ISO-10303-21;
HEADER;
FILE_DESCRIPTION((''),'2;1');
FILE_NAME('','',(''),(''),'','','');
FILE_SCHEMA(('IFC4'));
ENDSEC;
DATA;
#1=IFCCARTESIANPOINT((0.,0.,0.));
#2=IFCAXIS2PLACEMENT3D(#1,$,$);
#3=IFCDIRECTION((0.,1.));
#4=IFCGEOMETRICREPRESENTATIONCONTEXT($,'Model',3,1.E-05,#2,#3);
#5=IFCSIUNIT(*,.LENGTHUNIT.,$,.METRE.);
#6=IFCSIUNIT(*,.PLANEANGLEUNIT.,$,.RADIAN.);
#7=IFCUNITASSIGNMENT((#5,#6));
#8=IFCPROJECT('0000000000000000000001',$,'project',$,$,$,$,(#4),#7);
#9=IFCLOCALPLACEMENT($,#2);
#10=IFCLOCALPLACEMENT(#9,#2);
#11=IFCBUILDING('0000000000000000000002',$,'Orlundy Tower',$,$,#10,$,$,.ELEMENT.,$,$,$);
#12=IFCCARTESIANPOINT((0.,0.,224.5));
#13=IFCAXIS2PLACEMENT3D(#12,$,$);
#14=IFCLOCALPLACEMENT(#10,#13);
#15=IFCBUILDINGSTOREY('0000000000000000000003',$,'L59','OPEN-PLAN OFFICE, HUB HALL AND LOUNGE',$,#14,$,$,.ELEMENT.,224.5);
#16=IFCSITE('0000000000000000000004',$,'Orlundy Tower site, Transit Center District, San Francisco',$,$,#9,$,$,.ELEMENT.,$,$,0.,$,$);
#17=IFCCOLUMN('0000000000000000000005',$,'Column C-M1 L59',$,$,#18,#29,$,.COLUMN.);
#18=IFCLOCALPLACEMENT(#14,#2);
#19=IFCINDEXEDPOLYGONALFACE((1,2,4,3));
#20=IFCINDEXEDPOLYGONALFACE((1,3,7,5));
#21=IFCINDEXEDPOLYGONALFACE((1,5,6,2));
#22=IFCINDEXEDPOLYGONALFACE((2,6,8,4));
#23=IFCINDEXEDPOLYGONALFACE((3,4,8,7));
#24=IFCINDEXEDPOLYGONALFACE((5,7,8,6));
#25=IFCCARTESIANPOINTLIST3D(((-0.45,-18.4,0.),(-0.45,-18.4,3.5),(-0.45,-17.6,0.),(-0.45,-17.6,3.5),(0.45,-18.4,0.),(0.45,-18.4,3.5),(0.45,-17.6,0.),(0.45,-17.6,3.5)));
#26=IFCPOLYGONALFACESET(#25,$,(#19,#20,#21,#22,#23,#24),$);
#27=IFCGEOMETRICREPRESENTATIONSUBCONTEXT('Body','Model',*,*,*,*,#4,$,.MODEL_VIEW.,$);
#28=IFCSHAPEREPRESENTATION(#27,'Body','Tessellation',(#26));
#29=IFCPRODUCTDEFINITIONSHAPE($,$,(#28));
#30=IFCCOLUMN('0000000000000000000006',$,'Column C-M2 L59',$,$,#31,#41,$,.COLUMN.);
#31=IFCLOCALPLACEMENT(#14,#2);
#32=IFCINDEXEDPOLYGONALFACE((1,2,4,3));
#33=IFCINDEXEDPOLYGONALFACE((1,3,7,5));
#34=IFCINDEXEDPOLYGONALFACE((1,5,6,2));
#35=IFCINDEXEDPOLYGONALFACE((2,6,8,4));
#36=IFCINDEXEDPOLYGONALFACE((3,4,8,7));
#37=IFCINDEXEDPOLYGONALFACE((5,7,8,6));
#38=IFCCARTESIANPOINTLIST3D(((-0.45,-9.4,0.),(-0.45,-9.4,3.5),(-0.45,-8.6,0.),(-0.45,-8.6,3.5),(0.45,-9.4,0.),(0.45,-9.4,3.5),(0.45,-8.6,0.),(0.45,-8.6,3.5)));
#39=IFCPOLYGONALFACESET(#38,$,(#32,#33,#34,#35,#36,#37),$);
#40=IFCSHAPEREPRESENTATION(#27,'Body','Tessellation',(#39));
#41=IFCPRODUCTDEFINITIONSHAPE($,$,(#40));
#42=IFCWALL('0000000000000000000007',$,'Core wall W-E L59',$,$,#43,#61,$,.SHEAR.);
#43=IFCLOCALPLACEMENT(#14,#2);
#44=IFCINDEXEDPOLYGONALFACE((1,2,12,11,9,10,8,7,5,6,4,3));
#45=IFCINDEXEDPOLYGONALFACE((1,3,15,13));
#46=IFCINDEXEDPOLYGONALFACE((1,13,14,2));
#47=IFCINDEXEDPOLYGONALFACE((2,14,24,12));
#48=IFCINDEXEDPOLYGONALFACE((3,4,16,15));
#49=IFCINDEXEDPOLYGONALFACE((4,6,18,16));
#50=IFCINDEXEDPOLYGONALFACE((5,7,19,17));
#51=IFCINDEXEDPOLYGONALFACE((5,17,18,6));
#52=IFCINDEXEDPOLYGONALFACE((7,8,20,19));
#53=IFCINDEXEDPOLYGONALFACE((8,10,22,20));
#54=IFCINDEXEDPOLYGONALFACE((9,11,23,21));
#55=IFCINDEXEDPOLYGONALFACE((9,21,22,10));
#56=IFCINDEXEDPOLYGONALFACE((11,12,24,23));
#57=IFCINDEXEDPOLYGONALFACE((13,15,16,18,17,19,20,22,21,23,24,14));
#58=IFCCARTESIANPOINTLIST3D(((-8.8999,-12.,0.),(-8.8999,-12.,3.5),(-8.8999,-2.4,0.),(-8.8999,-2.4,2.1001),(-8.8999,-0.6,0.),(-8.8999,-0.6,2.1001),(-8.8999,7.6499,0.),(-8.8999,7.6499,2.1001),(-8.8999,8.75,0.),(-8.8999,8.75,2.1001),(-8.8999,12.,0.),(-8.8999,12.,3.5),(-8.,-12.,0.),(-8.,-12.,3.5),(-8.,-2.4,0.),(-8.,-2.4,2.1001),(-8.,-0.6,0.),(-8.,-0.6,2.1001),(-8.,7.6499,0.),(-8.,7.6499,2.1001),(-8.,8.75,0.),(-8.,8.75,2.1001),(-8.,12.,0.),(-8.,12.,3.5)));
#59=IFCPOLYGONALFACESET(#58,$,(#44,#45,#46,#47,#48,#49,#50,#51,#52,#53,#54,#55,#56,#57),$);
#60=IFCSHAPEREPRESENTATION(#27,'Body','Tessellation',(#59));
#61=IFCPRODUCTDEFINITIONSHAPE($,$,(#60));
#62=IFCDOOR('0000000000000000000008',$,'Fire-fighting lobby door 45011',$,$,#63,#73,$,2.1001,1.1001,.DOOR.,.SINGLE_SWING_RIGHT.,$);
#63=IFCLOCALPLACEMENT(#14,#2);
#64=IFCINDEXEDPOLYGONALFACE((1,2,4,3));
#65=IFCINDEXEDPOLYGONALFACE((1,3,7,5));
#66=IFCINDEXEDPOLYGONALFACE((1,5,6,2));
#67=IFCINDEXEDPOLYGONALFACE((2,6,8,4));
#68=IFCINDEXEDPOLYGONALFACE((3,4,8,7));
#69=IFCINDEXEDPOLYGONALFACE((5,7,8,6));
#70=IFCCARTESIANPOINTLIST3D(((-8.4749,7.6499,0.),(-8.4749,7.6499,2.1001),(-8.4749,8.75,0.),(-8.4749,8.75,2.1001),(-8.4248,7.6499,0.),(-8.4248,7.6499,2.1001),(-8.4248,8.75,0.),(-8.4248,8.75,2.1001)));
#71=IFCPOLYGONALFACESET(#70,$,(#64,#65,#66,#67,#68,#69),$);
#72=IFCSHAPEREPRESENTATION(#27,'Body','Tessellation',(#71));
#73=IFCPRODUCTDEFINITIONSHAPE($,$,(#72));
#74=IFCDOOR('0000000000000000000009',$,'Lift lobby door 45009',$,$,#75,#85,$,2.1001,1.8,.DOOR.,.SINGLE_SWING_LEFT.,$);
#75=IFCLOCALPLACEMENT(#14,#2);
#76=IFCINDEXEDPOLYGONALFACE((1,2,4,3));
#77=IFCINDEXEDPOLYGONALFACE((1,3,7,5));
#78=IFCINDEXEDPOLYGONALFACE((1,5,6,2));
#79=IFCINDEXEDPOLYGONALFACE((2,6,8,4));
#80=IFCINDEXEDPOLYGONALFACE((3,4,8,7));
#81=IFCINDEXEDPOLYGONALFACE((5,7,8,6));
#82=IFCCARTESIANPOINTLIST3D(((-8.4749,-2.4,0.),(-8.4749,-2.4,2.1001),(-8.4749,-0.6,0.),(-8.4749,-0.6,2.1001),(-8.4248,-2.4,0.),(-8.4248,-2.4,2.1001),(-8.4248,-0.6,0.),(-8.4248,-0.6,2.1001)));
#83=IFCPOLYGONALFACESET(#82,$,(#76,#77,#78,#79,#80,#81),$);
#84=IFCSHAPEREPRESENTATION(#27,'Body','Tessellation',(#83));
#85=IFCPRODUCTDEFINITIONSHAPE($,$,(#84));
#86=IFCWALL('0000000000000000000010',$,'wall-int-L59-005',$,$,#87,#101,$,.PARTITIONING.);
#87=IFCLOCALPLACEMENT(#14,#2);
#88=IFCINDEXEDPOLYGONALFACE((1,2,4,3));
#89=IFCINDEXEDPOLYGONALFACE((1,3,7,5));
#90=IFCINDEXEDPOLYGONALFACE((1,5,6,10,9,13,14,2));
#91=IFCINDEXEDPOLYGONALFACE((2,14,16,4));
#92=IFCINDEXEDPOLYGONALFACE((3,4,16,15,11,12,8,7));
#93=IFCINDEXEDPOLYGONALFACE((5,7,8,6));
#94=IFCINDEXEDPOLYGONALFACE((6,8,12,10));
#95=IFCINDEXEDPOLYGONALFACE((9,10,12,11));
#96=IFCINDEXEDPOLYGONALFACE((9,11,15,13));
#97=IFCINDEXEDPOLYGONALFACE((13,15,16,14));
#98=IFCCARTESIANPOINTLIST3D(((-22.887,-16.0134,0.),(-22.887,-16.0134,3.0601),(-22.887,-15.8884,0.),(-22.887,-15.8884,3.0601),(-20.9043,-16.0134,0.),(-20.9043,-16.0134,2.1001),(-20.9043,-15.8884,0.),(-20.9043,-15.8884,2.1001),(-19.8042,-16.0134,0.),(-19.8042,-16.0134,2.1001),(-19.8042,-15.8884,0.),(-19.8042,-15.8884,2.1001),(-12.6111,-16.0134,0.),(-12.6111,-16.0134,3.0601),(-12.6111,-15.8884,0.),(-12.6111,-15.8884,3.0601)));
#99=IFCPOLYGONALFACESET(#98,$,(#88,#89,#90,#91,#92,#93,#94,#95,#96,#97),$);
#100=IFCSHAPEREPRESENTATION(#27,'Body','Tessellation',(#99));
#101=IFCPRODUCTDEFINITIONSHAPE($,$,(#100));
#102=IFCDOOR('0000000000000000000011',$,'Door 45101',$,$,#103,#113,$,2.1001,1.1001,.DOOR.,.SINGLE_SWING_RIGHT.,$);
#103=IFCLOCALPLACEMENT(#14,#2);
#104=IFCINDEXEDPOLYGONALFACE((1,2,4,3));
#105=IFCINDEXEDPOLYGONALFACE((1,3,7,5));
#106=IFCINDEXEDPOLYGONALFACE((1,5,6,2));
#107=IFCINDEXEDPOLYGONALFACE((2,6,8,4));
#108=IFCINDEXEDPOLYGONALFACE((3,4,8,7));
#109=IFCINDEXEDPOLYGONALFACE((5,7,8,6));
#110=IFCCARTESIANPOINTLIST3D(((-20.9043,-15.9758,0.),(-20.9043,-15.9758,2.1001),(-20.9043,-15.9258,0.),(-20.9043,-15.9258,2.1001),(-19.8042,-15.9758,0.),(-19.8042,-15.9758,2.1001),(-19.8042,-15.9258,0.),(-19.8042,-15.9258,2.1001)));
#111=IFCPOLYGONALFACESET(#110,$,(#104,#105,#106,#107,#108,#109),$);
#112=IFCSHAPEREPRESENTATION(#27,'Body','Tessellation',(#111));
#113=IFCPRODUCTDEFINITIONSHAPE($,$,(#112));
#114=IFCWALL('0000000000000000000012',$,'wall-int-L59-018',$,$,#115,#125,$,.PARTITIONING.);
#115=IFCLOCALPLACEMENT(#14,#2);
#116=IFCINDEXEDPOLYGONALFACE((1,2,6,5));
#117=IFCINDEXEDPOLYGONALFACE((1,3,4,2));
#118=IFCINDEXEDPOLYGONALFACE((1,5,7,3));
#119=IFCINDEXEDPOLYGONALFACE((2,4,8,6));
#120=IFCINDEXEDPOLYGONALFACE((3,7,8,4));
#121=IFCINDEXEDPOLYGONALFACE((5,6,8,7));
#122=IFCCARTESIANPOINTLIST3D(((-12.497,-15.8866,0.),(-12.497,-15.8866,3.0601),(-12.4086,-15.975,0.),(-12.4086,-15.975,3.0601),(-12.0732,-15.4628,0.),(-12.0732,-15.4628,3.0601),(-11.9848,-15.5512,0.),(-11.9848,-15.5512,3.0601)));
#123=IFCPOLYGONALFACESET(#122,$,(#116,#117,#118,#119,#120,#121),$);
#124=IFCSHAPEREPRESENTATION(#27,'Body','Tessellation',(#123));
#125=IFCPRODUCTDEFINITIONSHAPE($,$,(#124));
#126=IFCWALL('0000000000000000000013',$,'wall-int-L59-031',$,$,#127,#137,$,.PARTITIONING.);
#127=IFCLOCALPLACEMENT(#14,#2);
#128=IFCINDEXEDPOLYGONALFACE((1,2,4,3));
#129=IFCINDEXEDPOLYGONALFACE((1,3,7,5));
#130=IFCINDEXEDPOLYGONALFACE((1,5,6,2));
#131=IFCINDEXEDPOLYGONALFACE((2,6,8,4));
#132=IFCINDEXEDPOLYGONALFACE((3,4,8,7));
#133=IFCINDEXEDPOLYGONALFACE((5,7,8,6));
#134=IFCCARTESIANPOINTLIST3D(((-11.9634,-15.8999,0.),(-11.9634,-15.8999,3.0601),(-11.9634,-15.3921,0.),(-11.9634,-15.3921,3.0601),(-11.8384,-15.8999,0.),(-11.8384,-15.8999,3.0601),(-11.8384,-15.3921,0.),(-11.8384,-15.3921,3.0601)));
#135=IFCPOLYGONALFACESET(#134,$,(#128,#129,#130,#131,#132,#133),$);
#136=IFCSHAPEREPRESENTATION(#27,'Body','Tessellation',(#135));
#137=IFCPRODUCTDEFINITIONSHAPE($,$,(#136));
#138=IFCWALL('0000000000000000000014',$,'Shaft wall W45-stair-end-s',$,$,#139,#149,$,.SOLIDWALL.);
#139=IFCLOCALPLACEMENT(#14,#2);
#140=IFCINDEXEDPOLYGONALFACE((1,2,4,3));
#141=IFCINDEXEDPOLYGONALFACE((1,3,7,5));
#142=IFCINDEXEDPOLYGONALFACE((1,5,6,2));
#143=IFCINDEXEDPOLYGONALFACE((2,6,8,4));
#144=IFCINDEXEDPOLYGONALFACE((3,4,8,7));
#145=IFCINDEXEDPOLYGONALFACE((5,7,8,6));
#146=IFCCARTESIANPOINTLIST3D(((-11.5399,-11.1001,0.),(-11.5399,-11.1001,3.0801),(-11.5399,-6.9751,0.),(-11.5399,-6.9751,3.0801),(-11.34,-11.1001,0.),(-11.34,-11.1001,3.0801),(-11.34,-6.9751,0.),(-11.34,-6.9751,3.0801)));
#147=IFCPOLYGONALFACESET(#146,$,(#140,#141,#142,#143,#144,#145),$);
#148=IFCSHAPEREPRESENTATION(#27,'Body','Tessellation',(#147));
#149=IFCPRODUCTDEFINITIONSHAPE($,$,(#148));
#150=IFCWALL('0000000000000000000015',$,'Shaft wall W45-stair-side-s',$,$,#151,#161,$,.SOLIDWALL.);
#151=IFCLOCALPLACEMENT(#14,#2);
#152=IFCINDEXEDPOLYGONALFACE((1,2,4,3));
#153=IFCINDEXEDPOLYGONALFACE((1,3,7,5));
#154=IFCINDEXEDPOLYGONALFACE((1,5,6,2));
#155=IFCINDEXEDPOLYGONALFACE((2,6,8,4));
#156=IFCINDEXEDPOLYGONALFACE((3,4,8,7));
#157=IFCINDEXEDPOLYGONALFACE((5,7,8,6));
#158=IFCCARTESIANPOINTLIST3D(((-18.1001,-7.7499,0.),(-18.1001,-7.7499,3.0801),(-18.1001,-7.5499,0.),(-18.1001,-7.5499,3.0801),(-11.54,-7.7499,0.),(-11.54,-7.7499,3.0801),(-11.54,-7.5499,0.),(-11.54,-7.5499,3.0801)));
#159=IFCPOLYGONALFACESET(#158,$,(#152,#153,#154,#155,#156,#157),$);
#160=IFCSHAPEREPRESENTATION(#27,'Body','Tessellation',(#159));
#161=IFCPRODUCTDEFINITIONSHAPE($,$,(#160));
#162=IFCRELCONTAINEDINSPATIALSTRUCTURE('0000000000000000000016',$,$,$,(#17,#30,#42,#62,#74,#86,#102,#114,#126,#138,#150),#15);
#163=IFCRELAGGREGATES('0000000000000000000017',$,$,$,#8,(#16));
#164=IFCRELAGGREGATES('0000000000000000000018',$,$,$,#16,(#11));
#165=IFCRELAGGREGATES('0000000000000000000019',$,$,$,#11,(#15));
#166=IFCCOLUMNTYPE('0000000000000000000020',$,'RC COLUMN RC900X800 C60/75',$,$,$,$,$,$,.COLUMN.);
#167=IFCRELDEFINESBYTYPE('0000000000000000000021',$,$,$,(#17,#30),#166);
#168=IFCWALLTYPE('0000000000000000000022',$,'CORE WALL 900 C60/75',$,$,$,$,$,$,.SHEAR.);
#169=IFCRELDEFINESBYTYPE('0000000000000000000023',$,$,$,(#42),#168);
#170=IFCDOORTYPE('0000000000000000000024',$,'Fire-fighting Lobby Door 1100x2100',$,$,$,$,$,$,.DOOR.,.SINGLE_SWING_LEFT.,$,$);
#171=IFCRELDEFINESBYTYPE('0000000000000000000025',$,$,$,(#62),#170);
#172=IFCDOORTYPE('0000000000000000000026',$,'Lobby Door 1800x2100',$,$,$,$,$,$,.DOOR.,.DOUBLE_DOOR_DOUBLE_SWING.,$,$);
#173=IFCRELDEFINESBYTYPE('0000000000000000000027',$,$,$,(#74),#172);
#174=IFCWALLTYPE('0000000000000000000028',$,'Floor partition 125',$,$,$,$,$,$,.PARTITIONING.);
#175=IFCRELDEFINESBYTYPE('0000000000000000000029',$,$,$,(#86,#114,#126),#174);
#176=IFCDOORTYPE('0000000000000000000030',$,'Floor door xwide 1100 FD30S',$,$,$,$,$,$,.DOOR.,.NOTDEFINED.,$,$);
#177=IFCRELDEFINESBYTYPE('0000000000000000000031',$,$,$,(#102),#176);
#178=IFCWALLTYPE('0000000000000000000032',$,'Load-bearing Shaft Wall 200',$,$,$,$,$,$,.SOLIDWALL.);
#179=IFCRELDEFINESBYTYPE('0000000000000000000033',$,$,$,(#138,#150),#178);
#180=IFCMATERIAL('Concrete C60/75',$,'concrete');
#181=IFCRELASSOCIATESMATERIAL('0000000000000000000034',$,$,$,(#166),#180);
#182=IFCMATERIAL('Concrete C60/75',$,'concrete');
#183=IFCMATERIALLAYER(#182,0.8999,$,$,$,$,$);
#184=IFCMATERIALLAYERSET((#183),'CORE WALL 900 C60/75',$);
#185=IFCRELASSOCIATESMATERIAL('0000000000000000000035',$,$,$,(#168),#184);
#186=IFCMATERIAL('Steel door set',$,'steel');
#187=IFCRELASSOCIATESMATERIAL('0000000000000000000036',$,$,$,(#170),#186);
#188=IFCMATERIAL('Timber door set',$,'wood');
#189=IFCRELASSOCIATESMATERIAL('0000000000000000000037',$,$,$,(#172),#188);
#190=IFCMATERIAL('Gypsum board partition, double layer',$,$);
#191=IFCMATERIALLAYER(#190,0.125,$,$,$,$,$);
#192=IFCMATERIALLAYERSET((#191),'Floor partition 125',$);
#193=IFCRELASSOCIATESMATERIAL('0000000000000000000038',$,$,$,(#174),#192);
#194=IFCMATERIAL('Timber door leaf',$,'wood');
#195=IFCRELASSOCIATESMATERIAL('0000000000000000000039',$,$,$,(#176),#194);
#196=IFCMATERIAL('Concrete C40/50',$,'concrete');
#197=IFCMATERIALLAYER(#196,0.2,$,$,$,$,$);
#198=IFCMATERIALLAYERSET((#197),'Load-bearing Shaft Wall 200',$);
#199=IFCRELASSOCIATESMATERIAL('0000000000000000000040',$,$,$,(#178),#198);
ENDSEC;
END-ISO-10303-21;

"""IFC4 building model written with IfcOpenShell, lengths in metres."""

from ifc_helpers import new_model, si_unit, direction, frame, frame_2d, origin, origin_2d, place, context, subcontext, project, spatial, rectangle, extrude, material, layer, layer_set, material_profile, profile_set, type_object, element, fill, save


model = new_model("IFC4")

# Units and contexts
model_context = context("Model", 3, precision=1e-05, world=origin(), true_north=direction((0.0, 1.0)))
body_context = subcontext(model_context, "Body", "Model", "MODEL_VIEW")
ifc_project = project(units=[si_unit("LENGTHUNIT", "METRE"), si_unit("PLANEANGLEUNIT", "RADIAN")], contexts=[model_context])

# Site, building, storey
site_placement = place(None, origin())
site = spatial("IfcSite", under=ifc_project, at=site_placement, Name="Orlundy Tower site, Transit Center District, San Francisco", CompositionType="ELEMENT", RefElevation=0.0)
building_placement = place(site_placement, origin())
building = spatial("IfcBuilding", under=site, at=building_placement, Name="Orlundy Tower", CompositionType="ELEMENT")
storey_placement = place(building_placement, frame((0.0, 0.0, 224.5)))
storey = spatial("IfcBuildingStorey", under=building, at=storey_placement, Name="L59", Description="OPEN-PLAN OFFICE, HUB HALL AND LOUNGE", CompositionType="ELEMENT", Elevation=224.5)

# Columns
ifc_material_1 = material(Name="Concrete C60/75", Category="concrete")
ifc_material_profile = material_profile(ifc_material_1, rectangle(XDim=0.8999, YDim=0.8, at=origin_2d()), Name="RC900X800")
ifc_profile_set = profile_set([ifc_material_profile], Name="Concrete C60/75")
column_type = type_object("IfcColumnType", Name="RC COLUMN RC900X800 C60/75", PredefinedType="COLUMN", material=ifc_profile_set)
for number, where, z_axis, x_axis, name in (
    (1, (0.0, -18.0, 0.0), (0.0, 0.0, 1.0), (1.0, 0.0, 0.0), "Column C-M1 L59"),
    (2, (0.0, -9.0, 0.0), (0.0, 0.0, 1.0), (1.0, 0.0, 0.0), "Column C-M2 L59"),
):
    element("IfcColumn", number, at=place(storey_placement, frame(where, z_axis=z_axis, x_axis=x_axis)), inside=storey, type_object=column_type, Name=name, PredefinedType="COLUMN", context=body_context, shape_type="SweptSolid", body=[
        extrude(rectangle(XDim=0.8999, YDim=0.8, at=origin_2d()), origin(), (0.0, 0.0, 1.0), 3.5),
    ])

# Wall, openings, doors
ifc_material_2 = material(Name="Concrete C60/75", Category="concrete")
ifc_layer_1 = layer(ifc_material_2, 0.8999)
ifc_layer_set_1 = layer_set([ifc_layer_1], Name="CORE WALL 900 C60/75")
wall_type_1 = type_object("IfcWallType", Name="CORE WALL 900 C60/75", PredefinedType="SHEAR", material=ifc_layer_set_1)
wall_1_placement = place(storey_placement, frame((-8.45, -12.0, 0.0), z_axis=(0.0, 0.0, 1.0), x_axis=(0.0, 1.0, 0.0)))
wall_1 = element("IfcWall", 3, at=wall_1_placement, inside=storey, type_object=wall_type_1, Name="Core wall W-E L59", PredefinedType="SHEAR", context=body_context, shape_type="SweptSolid", body=[
    extrude(rectangle(XDim=24.0, YDim=0.8999, at=frame_2d((12.0, 0.0))), origin(), (0.0, 0.0, 1.0), 3.5),
])
opening_1_placement = place(wall_1_placement, frame((9.6001, 0.0, 0.0)))
opening_1 = element("IfcOpeningElement", 4, at=opening_1_placement, cuts=wall_1, PredefinedType="OPENING", context=body_context, shape_type="SweptSolid", body=[
    extrude(rectangle(XDim=1.8, YDim=2.1001, at=frame_2d((0.8999, 1.05))), frame((0.0, 0.46, 0.0), z_axis=(0.0, -1.0, 0.0), x_axis=(1.0, 0.0, 0.0)), (0.0, 0.0, 1.0), 0.9199),
])
opening_2_placement = place(wall_1_placement, frame((19.6499, 0.0, 0.0)))
opening_2 = element("IfcOpeningElement", 5, at=opening_2_placement, cuts=wall_1, PredefinedType="OPENING", context=body_context, shape_type="SweptSolid", body=[
    extrude(rectangle(XDim=1.1001, YDim=2.1001, at=frame_2d((0.55, 1.05))), frame((0.0, 0.46, 0.0), z_axis=(0.0, -1.0, 0.0), x_axis=(1.0, 0.0, 0.0)), (0.0, 0.0, 1.0), 0.9199),
])
ifc_material_3 = material(Name="Steel door set", Category="steel")
door_type_1 = type_object("IfcDoorType", Name="Fire-fighting Lobby Door 1100x2100", OperationType="SINGLE_SWING_LEFT", PredefinedType="DOOR", material=ifc_material_3)
door_1_placement = place(opening_2_placement, origin())
door_1 = element("IfcDoor", 6, at=door_1_placement, inside=storey, type_object=door_type_1, Name="Fire-fighting lobby door 45011", OperationType="SINGLE_SWING_RIGHT", OverallHeight=2.1001, OverallWidth=1.1001, PredefinedType="DOOR", context=body_context, shape_type="SweptSolid", body=[
    extrude(rectangle(XDim=1.1001, YDim=2.1001, at=frame_2d((0.55, 1.05))), frame((0.0, 0.0249, 0.0), z_axis=(0.0, -1.0, 0.0), x_axis=(1.0, 0.0, 0.0)), (0.0, 0.0, 1.0), 0.05),
])
fill(opening_2, door_1)
ifc_material_4 = material(Name="Timber door set", Category="wood")
door_type_2 = type_object("IfcDoorType", Name="Lobby Door 1800x2100", OperationType="DOUBLE_DOOR_DOUBLE_SWING", PredefinedType="DOOR", material=ifc_material_4)
door_2_placement = place(opening_1_placement, origin())
door_2 = element("IfcDoor", 7, at=door_2_placement, inside=storey, type_object=door_type_2, Name="Lift lobby door 45009", OperationType="SINGLE_SWING_LEFT", OverallHeight=2.1001, OverallWidth=1.8, PredefinedType="DOOR", context=body_context, shape_type="SweptSolid", body=[
    extrude(rectangle(XDim=1.8, YDim=2.1001, at=frame_2d((0.8999, 1.05))), frame((0.0, 0.0249, 0.0), z_axis=(0.0, -1.0, 0.0), x_axis=(1.0, 0.0, 0.0)), (0.0, 0.0, 1.0), 0.05),
])
fill(opening_1, door_2)

# Wall, opening, door
ifc_material_5 = material(Name="Gypsum board partition, double layer")
ifc_layer_2 = layer(ifc_material_5, 0.125)
ifc_layer_set_2 = layer_set([ifc_layer_2], Name="Floor partition 125")
wall_type_2 = type_object("IfcWallType", Name="Floor partition 125", PredefinedType="PARTITIONING", material=ifc_layer_set_2)
wall_2_placement = place(storey_placement, frame((-12.6111, -15.9509, 0.0), z_axis=(0.0, 0.0, 1.0), x_axis=(-1.0, 0.0, 0.0)))
wall_2 = element("IfcWall", 8, at=wall_2_placement, inside=storey, type_object=wall_type_2, Name="wall-int-L59-005", PredefinedType="PARTITIONING", context=body_context, shape_type="SweptSolid", body=[
    extrude(rectangle(XDim=10.2759, YDim=0.125, at=frame_2d((5.1379, 0.0))), origin(), (0.0, 0.0, 1.0), 3.0601),
])
opening_3_placement = place(wall_2_placement, frame((7.1931, 0.0, 0.0)))
opening_3 = element("IfcOpeningElement", 9, at=opening_3_placement, cuts=wall_2, PredefinedType="OPENING", context=body_context, shape_type="SweptSolid", body=[
    extrude(rectangle(XDim=1.1001, YDim=2.1001, at=frame_2d((0.55, 1.05))), frame((0.0, 0.0725, 0.0), z_axis=(0.0, -1.0, 0.0), x_axis=(1.0, 0.0, 0.0)), (0.0, 0.0, 1.0), 0.145),
])
ifc_material_6 = material(Name="Timber door leaf", Category="wood")
door_type_3 = type_object("IfcDoorType", Name="Floor door xwide 1100 FD30S", OperationType="NOTDEFINED", PredefinedType="DOOR", material=ifc_material_6)
door_3_placement = place(opening_3_placement, origin())
door_3 = element("IfcDoor", 10, at=door_3_placement, inside=storey, type_object=door_type_3, Name="Door 45101", OperationType="SINGLE_SWING_RIGHT", OverallHeight=2.1001, OverallWidth=1.1001, PredefinedType="DOOR", context=body_context, shape_type="SweptSolid", body=[
    extrude(rectangle(XDim=1.1001, YDim=2.1001, at=frame_2d((0.55, 1.05))), frame((0.0, 0.0249, 0.0), z_axis=(0.0, -1.0, 0.0), x_axis=(1.0, 0.0, 0.0)), (0.0, 0.0, 1.0), 0.05),
])
fill(opening_3, door_3)

# Walls
wall_3_placement = place(storey_placement, frame((-12.4529, -15.9309, 0.0), z_axis=(0.0, 0.0, 1.0), x_axis=(0.707107, 0.707107, 0.0)))
element("IfcWall", 11, at=wall_3_placement, inside=storey, type_object=wall_type_2, Name="wall-int-L59-018", PredefinedType="PARTITIONING", context=body_context, shape_type="SweptSolid", body=[
    extrude(rectangle(XDim=0.5994, YDim=0.125, at=frame_2d((0.2998, 0.0))), origin(), (0.0, 0.0, 1.0), 3.0601),
])
wall_4_placement = place(storey_placement, frame((-11.9009, -15.8999, 0.0), z_axis=(0.0, 0.0, 1.0), x_axis=(0.0, 1.0, 0.0)))
element("IfcWall", 12, at=wall_4_placement, inside=storey, type_object=wall_type_2, Name="wall-int-L59-031", PredefinedType="PARTITIONING", context=body_context, shape_type="SweptSolid", body=[
    extrude(rectangle(XDim=0.5078, YDim=0.125, at=frame_2d((0.2539, 0.0))), origin(), (0.0, 0.0, 1.0), 3.0601),
])
ifc_material_7 = material(Name="Concrete C40/50", Category="concrete")
ifc_layer_3 = layer(ifc_material_7, 0.2)
ifc_layer_set_3 = layer_set([ifc_layer_3], Name="Load-bearing Shaft Wall 200")
wall_type_3 = type_object("IfcWallType", Name="Load-bearing Shaft Wall 200", PredefinedType="SOLIDWALL", material=ifc_layer_set_3)
wall_5_placement = place(storey_placement, frame((-11.4399, -11.1001, 0.0), z_axis=(0.0, 0.0, 1.0), x_axis=(0.0, 1.0, 0.0)))
element("IfcWall", 13, at=wall_5_placement, inside=storey, type_object=wall_type_3, Name="Shaft wall W45-stair-end-s", PredefinedType="SOLIDWALL", context=body_context, shape_type="SweptSolid", body=[
    extrude(rectangle(XDim=4.125, YDim=0.2, at=frame_2d((2.0625, 0.0))), origin(), (0.0, 0.0, 1.0), 3.0801),
])
wall_6_placement = place(storey_placement, frame((-11.54, -7.6499, 0.0), z_axis=(0.0, 0.0, 1.0), x_axis=(-1.0, 0.0, 0.0)))
element("IfcWall", 14, at=wall_6_placement, inside=storey, type_object=wall_type_3, Name="Shaft wall W45-stair-side-s", PredefinedType="SOLIDWALL", context=body_context, shape_type="SweptSolid", body=[
    extrude(rectangle(XDim=6.5601, YDim=0.2, at=frame_2d((3.28, 0.0))), origin(), (0.0, 0.0, 1.0), 3.0801),
])

save(model, "model.ifc")
